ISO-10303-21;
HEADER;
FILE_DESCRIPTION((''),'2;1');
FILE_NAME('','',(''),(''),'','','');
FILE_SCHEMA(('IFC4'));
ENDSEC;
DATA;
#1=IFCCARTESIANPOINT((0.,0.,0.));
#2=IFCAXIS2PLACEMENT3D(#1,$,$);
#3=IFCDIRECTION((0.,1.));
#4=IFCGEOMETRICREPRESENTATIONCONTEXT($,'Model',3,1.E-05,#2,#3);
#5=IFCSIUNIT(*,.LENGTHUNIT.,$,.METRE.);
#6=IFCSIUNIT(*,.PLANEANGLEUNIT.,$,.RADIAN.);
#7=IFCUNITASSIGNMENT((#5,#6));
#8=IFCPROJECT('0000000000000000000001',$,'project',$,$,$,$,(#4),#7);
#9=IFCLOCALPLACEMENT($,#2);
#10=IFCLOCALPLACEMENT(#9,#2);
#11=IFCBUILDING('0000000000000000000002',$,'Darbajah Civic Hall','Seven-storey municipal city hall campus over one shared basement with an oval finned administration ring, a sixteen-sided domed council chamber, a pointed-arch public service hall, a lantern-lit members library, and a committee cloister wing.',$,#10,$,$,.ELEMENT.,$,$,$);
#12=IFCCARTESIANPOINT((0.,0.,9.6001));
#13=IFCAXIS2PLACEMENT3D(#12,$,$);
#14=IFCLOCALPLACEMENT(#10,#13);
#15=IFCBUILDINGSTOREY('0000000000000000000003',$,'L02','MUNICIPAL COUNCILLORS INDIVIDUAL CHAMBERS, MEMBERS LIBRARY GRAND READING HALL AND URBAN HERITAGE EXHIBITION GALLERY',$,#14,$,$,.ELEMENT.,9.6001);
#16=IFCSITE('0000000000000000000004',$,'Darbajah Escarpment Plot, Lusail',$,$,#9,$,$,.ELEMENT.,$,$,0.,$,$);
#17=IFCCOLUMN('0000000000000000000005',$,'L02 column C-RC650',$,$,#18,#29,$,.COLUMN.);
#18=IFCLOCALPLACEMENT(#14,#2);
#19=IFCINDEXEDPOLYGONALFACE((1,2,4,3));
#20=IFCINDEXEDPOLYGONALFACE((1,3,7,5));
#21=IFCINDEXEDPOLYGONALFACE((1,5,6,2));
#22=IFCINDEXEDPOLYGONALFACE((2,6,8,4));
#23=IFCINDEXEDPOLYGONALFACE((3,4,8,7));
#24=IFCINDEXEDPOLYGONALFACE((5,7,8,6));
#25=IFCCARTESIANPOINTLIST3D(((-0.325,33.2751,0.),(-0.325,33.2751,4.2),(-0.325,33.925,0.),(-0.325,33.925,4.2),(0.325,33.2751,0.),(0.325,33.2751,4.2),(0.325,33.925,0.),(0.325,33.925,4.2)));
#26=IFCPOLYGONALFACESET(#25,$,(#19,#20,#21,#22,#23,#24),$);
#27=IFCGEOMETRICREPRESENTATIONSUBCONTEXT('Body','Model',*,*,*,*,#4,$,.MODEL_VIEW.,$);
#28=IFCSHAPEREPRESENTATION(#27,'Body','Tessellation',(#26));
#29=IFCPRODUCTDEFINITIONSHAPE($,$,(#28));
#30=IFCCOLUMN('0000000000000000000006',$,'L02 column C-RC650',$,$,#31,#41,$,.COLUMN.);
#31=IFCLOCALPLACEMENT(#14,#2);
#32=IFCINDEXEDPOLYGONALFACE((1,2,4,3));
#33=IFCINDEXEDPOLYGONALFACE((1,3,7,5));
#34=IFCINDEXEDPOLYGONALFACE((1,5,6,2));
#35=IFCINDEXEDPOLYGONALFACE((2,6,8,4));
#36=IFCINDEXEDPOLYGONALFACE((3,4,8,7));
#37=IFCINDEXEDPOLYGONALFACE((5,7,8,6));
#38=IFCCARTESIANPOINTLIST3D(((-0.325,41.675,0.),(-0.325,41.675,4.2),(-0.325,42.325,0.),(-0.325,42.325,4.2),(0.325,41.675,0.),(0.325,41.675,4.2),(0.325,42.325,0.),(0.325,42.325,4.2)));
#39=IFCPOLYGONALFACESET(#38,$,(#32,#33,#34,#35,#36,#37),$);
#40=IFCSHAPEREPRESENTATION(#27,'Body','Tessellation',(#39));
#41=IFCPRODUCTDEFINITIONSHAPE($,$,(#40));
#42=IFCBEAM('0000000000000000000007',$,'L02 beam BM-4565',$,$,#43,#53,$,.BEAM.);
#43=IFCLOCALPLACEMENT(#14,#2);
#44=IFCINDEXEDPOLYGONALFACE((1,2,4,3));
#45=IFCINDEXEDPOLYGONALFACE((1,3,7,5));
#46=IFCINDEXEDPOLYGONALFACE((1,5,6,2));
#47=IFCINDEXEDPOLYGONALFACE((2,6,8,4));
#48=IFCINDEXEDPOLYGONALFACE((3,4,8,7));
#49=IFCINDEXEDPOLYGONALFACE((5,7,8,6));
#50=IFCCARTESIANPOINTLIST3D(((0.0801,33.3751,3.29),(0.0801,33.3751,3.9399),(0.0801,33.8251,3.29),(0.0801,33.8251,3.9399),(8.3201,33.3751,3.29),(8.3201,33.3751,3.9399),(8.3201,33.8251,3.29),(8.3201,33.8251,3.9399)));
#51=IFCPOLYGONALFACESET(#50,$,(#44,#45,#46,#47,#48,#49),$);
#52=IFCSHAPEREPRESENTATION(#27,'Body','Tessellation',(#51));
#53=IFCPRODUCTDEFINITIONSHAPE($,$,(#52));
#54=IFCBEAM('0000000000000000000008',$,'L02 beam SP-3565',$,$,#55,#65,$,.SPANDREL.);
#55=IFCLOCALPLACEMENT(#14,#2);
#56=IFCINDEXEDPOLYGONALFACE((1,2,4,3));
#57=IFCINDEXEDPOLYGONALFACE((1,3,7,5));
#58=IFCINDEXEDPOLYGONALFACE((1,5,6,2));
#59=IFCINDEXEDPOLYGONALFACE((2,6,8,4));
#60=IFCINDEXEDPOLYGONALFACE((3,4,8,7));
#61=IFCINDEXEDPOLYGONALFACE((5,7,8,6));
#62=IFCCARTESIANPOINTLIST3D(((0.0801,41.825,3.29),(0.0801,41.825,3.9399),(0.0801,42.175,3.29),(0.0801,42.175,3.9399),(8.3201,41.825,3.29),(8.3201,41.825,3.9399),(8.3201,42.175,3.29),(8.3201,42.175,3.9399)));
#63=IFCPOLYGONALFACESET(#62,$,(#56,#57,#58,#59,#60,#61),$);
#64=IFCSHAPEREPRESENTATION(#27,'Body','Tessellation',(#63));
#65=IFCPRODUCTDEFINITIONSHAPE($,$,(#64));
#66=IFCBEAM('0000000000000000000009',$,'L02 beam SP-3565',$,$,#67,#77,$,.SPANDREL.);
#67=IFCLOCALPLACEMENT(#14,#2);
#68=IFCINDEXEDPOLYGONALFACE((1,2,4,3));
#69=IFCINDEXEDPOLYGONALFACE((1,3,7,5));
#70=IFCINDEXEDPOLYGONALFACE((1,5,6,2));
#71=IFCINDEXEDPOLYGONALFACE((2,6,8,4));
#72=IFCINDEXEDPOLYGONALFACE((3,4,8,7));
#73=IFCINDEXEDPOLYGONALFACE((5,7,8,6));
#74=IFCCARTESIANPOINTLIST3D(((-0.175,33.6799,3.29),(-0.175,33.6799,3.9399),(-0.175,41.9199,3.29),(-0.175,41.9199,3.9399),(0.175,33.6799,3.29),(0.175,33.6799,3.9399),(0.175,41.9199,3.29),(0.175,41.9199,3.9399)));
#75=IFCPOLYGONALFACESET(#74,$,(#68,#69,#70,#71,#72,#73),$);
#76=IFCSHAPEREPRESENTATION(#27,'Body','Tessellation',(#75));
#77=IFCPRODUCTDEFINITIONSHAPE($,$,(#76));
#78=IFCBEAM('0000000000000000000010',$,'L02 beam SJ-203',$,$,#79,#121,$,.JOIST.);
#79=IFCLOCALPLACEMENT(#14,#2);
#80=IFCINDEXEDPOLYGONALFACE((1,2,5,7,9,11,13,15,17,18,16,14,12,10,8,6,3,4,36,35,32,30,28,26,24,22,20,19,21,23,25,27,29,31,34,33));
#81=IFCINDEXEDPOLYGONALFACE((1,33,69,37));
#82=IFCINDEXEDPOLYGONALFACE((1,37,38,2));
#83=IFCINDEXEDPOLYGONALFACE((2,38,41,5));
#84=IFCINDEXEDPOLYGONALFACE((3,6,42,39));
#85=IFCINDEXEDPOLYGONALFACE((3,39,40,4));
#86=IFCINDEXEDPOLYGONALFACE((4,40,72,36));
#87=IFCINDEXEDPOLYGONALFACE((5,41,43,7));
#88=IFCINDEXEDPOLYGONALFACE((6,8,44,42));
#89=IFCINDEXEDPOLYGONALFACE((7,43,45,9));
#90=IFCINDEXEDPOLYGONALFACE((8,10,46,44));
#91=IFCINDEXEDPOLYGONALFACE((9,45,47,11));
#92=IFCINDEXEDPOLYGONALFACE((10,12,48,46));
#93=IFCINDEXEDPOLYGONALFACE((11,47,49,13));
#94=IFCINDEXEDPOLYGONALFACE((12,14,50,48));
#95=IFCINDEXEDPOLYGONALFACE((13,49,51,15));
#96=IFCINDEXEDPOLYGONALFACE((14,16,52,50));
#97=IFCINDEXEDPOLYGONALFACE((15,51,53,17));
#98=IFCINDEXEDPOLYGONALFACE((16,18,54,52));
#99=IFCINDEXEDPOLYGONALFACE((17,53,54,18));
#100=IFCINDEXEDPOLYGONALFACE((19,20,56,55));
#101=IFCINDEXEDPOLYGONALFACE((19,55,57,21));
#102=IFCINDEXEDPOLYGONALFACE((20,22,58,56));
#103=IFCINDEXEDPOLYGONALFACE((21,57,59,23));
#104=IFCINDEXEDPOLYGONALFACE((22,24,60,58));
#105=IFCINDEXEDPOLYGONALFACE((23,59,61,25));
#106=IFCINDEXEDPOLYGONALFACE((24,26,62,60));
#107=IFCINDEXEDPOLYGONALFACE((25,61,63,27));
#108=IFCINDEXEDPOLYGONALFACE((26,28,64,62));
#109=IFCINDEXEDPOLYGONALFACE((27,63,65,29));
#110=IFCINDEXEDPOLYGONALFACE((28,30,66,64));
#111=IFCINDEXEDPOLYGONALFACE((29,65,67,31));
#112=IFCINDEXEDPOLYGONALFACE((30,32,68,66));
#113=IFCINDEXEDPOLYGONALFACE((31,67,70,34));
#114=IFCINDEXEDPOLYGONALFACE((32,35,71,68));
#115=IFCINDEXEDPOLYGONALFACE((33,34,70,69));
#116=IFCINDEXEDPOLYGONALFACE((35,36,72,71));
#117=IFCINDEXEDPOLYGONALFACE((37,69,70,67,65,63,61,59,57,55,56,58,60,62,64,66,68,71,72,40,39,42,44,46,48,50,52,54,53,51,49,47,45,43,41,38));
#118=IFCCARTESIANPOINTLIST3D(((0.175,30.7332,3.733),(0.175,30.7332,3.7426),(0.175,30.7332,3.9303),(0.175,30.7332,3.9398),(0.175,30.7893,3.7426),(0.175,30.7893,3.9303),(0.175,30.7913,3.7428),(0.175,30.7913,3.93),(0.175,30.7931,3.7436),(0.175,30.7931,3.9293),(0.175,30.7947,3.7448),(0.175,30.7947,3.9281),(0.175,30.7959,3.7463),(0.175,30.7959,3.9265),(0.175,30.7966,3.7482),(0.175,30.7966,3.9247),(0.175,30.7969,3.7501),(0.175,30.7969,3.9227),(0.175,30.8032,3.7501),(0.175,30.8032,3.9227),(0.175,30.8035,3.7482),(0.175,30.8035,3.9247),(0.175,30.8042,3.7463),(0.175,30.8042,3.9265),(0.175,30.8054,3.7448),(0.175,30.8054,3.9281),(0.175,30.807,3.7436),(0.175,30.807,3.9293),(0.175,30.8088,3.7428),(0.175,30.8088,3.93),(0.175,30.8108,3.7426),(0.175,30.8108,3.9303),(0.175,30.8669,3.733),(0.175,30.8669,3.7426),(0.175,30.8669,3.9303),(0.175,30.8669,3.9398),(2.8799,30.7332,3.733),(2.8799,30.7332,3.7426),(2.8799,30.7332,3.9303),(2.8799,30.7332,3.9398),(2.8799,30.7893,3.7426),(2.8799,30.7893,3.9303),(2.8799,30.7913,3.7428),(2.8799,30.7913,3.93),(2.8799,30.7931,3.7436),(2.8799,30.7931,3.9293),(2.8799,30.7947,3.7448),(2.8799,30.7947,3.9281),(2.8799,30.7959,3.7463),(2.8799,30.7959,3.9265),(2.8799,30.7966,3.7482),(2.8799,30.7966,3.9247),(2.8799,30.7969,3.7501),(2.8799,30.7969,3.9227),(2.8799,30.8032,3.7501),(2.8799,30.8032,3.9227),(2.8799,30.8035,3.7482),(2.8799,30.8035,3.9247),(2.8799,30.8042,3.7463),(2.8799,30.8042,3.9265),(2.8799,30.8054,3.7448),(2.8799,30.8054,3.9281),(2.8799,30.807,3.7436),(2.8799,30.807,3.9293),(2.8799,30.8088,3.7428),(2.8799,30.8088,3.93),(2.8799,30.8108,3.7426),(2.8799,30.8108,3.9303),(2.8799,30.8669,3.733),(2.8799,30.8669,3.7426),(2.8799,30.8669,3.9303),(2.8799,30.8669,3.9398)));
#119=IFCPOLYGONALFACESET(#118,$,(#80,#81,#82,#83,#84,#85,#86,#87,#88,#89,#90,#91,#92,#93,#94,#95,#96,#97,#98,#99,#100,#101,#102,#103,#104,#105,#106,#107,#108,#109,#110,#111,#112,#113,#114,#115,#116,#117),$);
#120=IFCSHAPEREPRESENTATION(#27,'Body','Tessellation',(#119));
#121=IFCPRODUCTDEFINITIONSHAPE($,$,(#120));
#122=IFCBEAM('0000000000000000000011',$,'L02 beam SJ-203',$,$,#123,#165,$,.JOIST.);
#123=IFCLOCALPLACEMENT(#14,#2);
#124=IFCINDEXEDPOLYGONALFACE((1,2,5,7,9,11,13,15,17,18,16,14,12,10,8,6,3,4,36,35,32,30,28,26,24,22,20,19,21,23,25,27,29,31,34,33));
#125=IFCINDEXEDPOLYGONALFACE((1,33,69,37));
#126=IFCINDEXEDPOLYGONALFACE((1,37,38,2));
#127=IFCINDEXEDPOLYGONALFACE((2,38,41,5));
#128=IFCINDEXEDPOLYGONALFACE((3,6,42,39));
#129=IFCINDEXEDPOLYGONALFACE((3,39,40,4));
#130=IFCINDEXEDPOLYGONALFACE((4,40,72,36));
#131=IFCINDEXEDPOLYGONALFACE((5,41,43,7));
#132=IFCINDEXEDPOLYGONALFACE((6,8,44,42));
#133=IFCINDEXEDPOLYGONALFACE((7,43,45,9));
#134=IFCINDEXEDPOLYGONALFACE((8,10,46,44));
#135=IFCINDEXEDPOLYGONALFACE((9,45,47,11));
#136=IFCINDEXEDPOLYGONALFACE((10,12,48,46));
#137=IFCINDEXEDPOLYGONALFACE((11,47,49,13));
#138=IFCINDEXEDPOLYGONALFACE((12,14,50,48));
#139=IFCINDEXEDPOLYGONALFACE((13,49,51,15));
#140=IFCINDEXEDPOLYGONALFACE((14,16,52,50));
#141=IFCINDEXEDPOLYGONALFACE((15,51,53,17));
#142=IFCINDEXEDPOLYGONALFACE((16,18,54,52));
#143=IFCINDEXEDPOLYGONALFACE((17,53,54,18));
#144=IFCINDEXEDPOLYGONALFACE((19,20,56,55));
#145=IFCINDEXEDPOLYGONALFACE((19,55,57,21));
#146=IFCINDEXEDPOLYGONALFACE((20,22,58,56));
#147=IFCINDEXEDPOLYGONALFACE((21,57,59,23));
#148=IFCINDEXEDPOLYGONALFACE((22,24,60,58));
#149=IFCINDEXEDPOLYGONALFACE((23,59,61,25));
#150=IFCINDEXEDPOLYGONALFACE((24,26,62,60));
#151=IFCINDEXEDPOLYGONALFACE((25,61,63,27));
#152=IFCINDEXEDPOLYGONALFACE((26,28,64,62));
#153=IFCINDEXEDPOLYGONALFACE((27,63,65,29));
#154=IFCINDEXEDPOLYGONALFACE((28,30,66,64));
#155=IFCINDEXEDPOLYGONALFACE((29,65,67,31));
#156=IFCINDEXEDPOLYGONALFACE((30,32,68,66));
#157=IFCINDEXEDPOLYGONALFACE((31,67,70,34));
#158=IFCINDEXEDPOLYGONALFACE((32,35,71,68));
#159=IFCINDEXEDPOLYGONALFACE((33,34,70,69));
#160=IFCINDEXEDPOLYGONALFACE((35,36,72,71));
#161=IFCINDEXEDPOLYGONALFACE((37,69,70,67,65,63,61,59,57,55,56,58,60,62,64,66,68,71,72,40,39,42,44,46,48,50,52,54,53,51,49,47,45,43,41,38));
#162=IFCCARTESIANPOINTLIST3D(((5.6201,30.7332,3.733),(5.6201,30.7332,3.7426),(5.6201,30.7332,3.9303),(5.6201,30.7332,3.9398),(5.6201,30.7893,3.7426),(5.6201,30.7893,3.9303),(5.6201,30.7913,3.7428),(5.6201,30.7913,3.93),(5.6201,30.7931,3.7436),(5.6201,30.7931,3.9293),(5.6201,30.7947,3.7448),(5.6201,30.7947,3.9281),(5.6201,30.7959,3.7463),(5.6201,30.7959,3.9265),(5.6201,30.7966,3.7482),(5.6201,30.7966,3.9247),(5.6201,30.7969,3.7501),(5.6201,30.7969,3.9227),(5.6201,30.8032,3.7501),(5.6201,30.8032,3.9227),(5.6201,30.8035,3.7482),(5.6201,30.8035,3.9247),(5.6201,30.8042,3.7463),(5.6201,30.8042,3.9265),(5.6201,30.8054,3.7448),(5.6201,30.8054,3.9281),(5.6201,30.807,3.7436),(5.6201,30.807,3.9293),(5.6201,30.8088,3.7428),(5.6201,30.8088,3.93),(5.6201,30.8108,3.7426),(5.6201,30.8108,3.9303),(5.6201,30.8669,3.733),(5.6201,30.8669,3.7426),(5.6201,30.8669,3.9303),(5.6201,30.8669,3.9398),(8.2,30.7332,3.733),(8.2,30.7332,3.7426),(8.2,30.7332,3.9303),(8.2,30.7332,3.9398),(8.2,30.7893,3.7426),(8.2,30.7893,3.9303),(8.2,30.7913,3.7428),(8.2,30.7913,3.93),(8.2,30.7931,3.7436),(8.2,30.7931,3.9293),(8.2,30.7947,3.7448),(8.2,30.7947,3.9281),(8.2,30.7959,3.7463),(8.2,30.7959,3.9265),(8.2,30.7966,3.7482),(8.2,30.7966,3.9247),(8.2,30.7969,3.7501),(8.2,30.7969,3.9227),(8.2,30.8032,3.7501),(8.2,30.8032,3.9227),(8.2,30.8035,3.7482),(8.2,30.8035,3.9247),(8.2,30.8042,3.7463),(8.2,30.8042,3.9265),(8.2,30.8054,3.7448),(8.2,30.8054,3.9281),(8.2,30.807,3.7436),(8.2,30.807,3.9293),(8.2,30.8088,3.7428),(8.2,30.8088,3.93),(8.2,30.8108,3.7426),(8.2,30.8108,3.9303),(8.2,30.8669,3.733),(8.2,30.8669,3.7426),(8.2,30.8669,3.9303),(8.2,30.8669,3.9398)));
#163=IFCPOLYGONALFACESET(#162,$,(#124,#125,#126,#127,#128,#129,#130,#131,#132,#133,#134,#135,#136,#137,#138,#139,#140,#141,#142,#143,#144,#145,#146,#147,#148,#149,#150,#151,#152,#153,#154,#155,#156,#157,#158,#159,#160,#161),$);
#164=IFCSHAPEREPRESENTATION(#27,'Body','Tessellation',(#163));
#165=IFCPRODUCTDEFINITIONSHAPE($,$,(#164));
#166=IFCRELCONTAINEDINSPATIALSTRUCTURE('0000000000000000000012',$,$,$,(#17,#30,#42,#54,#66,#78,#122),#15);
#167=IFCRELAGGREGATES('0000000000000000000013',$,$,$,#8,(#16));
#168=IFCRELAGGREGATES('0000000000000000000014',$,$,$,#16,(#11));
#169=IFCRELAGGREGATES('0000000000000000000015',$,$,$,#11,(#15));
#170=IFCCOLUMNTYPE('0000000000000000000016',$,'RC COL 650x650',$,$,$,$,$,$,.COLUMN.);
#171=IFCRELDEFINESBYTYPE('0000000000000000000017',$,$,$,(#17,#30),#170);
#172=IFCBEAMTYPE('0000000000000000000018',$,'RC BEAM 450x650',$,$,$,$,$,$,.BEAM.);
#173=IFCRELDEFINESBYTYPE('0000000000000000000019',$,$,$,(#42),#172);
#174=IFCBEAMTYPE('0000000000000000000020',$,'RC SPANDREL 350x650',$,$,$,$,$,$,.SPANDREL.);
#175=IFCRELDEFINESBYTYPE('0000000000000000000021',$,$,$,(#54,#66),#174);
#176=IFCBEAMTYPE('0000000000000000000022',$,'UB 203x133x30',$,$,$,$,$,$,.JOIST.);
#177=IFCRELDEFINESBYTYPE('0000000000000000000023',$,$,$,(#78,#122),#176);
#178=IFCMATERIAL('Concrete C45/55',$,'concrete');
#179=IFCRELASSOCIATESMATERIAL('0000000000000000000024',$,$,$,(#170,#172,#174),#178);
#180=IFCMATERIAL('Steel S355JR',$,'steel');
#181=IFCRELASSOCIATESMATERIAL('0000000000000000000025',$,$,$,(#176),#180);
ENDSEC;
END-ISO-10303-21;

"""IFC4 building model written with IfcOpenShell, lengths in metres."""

from ifc_helpers import new_model, si_unit, direction, frame, origin, origin_2d, place, context, subcontext, project, spatial, rectangle, i_section, extrude, material, material_profile, profile_set, type_object, element, save


model = new_model("IFC4")

# Units and contexts
model_context = context("Model", 3, precision=1e-05, world=origin(), true_north=direction((0.0, 1.0)))
body_context = subcontext(model_context, "Body", "Model", "MODEL_VIEW")
ifc_project = project(units=[si_unit("LENGTHUNIT", "METRE"), si_unit("PLANEANGLEUNIT", "RADIAN")], contexts=[model_context])

# Site, building, storey
site_placement = place(None, origin())
site = spatial("IfcSite", under=ifc_project, at=site_placement, Name="Darbajah Escarpment Plot, Lusail", CompositionType="ELEMENT", RefElevation=0.0)
building_placement = place(site_placement, origin())
building = spatial("IfcBuilding", under=site, at=building_placement, Name="Darbajah Civic Hall", Description="Seven-storey municipal city hall campus over one shared basement with an oval finned administration ring, a sixteen-sided domed council chamber, a pointed-arch public service hall, a lantern-lit members library, and a committee cloister wing.", CompositionType="ELEMENT")
storey_placement = place(building_placement, frame((0.0, 0.0, 9.6001)))
storey = spatial("IfcBuildingStorey", under=building, at=storey_placement, Name="L02", Description="MUNICIPAL COUNCILLORS INDIVIDUAL CHAMBERS, MEMBERS LIBRARY GRAND READING HALL AND URBAN HERITAGE EXHIBITION GALLERY", CompositionType="ELEMENT", Elevation=9.6001)

# Columns
ifc_material_1 = material(Name="Concrete C45/55", Category="concrete")
ifc_material_profile_1 = material_profile(ifc_material_1, rectangle(XDim=0.6499, YDim=0.6499, at=origin_2d()), Name="RC COL 650x650")
ifc_profile_set_1 = profile_set([ifc_material_profile_1], Name="Concrete C45/55")
column_type = type_object("IfcColumnType", Name="RC COL 650x650", PredefinedType="COLUMN", material=ifc_profile_set_1)
for number, where, z_axis, x_axis, name in (
    (1, (0.0, 33.6001, 0.0), (0.0, 0.0, 1.0), (1.0, 0.0, 0.0), "L02 column C-RC650"),
    (2, (0.0, 42.0, 0.0), (0.0, 0.0, 1.0), (1.0, 0.0, 0.0), "L02 column C-RC650"),
):
    element("IfcColumn", number, at=place(storey_placement, frame(where, z_axis=z_axis, x_axis=x_axis)), inside=storey, type_object=column_type, Name=name, PredefinedType="COLUMN", context=body_context, shape_type="SweptSolid", body=[
        extrude(rectangle(XDim=0.6499, YDim=0.6499, at=origin_2d()), origin(), (0.0, 0.0, 1.0), 4.2),
    ])

# Beams
ifc_material_profile_2 = material_profile(ifc_material_1, rectangle(XDim=0.45, YDim=0.6499, at=origin_2d()), Name="RC BEAM 450x650")
ifc_profile_set_2 = profile_set([ifc_material_profile_2], Name="Concrete C45/55")
beam_type_1 = type_object("IfcBeamType", Name="RC BEAM 450x650", PredefinedType="BEAM", material=ifc_profile_set_2)
beam_1_placement = place(storey_placement, frame((0.0801, 33.6001, 3.615), z_axis=(1.0, 0.0, 0.0), x_axis=(0.0, 1.0, 0.0)))
element("IfcBeam", 3, at=beam_1_placement, inside=storey, type_object=beam_type_1, Name="L02 beam BM-4565", PredefinedType="BEAM", context=body_context, shape_type="SweptSolid", body=[
    extrude(rectangle(XDim=0.45, YDim=0.6499, at=origin_2d()), origin(), (0.0, 0.0, 1.0), 8.24),
])
ifc_material_profile_3 = material_profile(ifc_material_1, rectangle(XDim=0.3501, YDim=0.6499, at=origin_2d()), Name="RC SPANDREL 350x650")
ifc_profile_set_3 = profile_set([ifc_material_profile_3], Name="Concrete C45/55")
beam_type_2 = type_object("IfcBeamType", Name="RC SPANDREL 350x650", PredefinedType="SPANDREL", material=ifc_profile_set_3)
for number, where, z_axis, x_axis, name in (
    (4, (0.0801, 42.0, 3.615), (1.0, 0.0, 0.0), (0.0, 1.0, 0.0), "L02 beam SP-3565"),
    (5, (0.0, 33.6799, 3.615), (0.0, 1.0, 0.0), (-1.0, 0.0, 0.0), "L02 beam SP-3565"),
):
    element("IfcBeam", number, at=place(storey_placement, frame(where, z_axis=z_axis, x_axis=x_axis)), inside=storey, type_object=beam_type_2, Name=name, PredefinedType="SPANDREL", context=body_context, shape_type="SweptSolid", body=[
        extrude(rectangle(XDim=0.3501, YDim=0.6499, at=origin_2d()), origin(), (0.0, 0.0, 1.0), 8.24),
    ])
ifc_material_2 = material(Name="Steel S355JR", Category="steel")
ifc_material_profile_4 = material_profile(ifc_material_2, i_section(OverallWidth=0.1338, OverallDepth=0.2068, WebThickness=0.0063, FlangeThickness=0.0095, FilletRadius=0.0076, at=origin_2d()), Name="UB 203x133x30")
ifc_profile_set_4 = profile_set([ifc_material_profile_4], Name="Steel S355JR")
beam_type_3 = type_object("IfcBeamType", Name="UB 203x133x30", PredefinedType="JOIST", material=ifc_profile_set_4)
beam_2_placement = place(storey_placement, frame((0.175, 30.8, 3.8364), z_axis=(1.0, 0.0, 0.0), x_axis=(0.0, 1.0, 0.0)))
element("IfcBeam", 6, at=beam_2_placement, inside=storey, type_object=beam_type_3, Name="L02 beam SJ-203", PredefinedType="JOIST", context=body_context, shape_type="SweptSolid", body=[
    extrude(i_section(OverallWidth=0.1338, OverallDepth=0.2068, WebThickness=0.0063, FlangeThickness=0.0095, FilletRadius=0.0076, at=origin_2d()), origin(), (0.0, 0.0, 1.0), 2.7048),
])
beam_3_placement = place(storey_placement, frame((5.6201, 30.8, 3.8364), z_axis=(1.0, 0.0, 0.0), x_axis=(0.0, 1.0, 0.0)))
element("IfcBeam", 7, at=beam_3_placement, inside=storey, type_object=beam_type_3, Name="L02 beam SJ-203", PredefinedType="JOIST", context=body_context, shape_type="SweptSolid", body=[
    extrude(i_section(OverallWidth=0.1338, OverallDepth=0.2068, WebThickness=0.0063, FlangeThickness=0.0095, FilletRadius=0.0076, at=origin_2d()), origin(), (0.0, 0.0, 1.0), 2.5798),
])

save(model, "model.ifc")
